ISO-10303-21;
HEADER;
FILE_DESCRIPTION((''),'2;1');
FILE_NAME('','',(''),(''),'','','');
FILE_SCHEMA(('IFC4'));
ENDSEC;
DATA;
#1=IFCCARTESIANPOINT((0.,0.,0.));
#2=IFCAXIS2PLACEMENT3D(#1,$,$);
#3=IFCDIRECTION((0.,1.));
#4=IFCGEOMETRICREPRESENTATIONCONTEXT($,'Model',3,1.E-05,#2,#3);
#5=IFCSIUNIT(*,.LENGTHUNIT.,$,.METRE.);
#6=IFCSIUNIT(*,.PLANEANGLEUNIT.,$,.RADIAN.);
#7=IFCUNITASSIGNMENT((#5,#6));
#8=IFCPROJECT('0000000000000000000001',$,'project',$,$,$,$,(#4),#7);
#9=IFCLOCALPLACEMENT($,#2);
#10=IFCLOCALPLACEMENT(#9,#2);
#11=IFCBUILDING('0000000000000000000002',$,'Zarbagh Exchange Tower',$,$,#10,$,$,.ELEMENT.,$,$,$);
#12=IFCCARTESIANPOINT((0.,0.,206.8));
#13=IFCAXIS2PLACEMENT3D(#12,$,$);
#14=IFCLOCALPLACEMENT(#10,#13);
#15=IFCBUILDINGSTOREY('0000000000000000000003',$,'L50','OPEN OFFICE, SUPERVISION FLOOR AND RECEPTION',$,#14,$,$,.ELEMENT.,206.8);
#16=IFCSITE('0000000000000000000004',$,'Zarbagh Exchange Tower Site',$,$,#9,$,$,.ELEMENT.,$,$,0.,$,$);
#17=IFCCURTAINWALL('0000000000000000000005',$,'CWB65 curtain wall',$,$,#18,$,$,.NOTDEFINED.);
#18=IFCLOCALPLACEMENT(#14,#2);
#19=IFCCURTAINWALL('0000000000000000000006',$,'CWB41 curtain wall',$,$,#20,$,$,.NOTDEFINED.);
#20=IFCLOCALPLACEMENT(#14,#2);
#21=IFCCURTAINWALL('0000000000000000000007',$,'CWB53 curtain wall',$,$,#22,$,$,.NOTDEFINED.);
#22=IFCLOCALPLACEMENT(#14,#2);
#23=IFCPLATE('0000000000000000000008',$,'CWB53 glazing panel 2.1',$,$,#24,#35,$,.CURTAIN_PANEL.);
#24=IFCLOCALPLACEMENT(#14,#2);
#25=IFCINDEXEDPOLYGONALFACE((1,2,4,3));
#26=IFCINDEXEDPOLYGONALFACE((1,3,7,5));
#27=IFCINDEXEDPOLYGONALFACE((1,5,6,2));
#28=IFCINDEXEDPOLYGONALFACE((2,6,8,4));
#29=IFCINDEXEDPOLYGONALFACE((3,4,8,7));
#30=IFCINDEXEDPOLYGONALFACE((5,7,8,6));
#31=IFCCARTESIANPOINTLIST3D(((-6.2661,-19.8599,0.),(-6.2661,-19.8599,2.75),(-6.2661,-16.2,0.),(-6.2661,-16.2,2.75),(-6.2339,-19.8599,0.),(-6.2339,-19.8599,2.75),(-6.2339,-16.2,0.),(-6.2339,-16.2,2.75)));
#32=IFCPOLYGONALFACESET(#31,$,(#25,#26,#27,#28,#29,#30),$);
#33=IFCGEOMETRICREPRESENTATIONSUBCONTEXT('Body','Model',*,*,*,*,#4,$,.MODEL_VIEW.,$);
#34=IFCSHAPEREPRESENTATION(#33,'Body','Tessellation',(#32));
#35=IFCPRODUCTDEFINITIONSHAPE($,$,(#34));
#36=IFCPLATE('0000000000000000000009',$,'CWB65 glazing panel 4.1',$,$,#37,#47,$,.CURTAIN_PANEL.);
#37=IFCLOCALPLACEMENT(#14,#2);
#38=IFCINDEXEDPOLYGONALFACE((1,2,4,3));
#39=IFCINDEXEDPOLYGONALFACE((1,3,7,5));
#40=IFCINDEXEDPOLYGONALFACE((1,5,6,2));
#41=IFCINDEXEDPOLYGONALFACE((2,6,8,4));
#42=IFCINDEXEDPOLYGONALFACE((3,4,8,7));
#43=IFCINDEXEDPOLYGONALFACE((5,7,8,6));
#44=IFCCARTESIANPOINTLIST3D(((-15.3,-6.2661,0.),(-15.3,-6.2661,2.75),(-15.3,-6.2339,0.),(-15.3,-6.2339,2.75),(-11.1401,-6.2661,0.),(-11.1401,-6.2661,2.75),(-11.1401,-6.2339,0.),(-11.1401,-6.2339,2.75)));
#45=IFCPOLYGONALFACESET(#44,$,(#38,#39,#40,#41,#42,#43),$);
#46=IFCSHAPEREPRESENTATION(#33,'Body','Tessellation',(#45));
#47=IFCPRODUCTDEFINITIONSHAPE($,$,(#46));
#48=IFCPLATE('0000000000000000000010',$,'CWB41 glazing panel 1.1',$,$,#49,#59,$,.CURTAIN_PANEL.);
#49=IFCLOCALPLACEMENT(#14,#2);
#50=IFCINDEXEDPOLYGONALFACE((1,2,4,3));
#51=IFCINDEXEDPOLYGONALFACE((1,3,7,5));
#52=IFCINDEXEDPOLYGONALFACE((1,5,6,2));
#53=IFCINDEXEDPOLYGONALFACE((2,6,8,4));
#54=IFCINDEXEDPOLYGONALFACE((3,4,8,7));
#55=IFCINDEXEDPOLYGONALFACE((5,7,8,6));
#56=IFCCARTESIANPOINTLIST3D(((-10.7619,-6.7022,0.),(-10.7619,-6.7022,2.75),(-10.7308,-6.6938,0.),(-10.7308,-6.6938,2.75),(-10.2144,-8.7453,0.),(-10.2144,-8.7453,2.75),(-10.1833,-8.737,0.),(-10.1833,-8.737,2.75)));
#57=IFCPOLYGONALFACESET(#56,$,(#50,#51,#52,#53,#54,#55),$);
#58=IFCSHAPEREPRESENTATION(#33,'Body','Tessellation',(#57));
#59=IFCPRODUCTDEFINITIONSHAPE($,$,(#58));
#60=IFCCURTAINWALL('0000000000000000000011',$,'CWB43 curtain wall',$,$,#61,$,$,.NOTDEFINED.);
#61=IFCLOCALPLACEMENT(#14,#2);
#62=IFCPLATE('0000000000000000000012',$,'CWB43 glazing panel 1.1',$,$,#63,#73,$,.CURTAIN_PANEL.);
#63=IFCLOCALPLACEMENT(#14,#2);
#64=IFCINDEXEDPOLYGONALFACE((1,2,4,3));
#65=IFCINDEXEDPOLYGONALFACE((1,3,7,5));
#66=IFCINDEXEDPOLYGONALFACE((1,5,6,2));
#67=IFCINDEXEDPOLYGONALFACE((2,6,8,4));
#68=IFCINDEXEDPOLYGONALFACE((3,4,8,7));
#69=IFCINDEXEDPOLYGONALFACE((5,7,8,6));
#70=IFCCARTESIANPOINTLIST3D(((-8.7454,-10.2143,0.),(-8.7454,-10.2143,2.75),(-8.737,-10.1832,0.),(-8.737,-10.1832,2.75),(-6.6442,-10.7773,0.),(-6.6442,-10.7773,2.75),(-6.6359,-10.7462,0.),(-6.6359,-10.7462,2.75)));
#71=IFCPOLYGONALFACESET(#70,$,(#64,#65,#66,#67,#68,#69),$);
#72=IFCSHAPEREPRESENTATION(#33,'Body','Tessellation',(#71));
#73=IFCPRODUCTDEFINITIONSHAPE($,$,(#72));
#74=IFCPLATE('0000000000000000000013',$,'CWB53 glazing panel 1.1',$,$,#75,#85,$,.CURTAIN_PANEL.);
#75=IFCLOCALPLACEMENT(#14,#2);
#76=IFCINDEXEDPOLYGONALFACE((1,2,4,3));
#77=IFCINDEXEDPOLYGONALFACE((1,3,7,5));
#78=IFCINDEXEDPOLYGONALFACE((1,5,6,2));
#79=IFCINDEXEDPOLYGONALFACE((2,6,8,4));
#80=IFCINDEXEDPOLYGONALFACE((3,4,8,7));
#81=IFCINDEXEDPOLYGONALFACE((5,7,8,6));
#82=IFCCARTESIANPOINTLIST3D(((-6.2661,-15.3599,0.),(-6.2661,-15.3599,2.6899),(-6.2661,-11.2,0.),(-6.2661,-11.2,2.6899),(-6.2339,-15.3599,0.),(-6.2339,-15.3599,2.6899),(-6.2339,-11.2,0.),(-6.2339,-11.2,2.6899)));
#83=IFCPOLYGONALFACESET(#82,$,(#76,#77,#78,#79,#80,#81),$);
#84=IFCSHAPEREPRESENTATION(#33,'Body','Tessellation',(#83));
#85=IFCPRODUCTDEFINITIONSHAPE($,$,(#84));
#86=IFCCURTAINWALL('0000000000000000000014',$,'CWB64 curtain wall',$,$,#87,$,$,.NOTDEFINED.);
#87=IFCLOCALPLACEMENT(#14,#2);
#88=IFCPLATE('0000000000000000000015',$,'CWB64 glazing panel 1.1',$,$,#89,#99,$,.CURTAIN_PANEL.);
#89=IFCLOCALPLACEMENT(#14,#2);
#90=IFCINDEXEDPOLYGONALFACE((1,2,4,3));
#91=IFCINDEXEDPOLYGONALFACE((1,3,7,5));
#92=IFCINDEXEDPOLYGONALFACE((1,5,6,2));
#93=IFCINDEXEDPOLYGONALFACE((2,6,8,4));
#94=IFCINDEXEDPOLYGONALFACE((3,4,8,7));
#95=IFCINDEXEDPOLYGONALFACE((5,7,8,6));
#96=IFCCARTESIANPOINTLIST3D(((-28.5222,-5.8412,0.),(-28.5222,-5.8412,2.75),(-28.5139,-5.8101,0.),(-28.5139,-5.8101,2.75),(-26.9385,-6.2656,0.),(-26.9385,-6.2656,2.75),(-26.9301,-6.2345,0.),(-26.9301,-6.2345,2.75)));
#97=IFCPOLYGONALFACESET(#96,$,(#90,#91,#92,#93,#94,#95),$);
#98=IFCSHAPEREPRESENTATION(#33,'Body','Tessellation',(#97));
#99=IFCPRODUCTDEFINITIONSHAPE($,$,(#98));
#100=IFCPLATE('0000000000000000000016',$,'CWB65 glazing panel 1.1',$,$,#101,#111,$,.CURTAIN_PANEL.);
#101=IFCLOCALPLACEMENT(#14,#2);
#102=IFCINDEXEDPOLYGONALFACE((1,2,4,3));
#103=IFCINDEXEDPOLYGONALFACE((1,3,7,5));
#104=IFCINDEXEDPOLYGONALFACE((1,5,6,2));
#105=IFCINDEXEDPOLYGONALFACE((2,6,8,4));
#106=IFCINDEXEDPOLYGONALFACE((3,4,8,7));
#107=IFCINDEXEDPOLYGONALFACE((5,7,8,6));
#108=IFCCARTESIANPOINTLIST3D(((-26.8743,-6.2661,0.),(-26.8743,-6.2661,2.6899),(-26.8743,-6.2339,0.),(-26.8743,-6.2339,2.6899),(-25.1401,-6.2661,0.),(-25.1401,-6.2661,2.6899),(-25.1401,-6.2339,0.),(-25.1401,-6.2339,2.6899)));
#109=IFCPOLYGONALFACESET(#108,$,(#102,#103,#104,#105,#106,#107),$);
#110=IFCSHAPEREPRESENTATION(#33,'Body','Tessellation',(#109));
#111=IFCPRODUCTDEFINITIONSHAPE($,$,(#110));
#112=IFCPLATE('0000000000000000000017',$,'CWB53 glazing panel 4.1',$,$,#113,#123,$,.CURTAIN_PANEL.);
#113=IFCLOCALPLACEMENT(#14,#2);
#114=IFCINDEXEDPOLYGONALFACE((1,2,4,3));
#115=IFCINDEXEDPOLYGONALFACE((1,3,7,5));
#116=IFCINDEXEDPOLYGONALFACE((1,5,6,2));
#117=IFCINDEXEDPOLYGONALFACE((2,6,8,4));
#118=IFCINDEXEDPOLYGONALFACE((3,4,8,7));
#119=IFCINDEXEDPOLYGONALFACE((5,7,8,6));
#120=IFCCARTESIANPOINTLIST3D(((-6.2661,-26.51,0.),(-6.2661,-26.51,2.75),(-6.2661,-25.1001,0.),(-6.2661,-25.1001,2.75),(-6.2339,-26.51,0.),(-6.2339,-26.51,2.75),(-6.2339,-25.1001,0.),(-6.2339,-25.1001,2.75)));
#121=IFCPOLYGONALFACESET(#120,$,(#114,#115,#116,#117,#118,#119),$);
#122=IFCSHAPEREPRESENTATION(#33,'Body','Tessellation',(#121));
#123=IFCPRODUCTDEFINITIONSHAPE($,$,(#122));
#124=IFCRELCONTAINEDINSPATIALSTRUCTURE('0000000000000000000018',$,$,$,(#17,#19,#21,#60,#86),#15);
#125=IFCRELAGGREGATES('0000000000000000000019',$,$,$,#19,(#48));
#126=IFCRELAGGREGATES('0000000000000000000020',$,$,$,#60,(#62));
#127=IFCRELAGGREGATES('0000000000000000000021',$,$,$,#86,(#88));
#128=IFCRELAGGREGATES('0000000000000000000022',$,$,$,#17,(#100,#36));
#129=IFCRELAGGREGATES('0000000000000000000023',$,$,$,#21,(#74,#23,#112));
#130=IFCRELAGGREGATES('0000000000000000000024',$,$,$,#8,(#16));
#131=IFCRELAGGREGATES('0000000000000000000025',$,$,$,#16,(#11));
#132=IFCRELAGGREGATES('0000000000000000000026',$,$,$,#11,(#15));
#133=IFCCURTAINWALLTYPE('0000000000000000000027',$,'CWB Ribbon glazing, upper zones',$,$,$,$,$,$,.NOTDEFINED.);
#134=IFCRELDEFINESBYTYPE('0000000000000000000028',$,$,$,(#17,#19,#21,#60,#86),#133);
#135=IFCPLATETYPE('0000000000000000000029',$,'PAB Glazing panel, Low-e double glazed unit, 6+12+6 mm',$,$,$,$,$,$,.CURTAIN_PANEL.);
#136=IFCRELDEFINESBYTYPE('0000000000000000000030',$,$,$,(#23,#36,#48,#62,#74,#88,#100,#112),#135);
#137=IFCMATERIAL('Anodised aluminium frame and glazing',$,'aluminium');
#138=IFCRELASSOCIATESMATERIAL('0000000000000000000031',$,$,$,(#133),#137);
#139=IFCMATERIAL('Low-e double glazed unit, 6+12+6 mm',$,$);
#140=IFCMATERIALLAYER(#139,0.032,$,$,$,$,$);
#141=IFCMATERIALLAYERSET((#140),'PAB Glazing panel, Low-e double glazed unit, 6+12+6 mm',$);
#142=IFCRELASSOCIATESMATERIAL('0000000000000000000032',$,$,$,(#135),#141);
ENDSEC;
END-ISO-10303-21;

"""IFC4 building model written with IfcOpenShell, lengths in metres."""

from ifc_helpers import new_model, si_unit, direction, frame, origin, place, context, subcontext, project, spatial, polyline, outline, extrude, source, transform, mapped, material, layer, layer_set, type_object, element, aggregate, save


model = new_model("IFC4")

# Units and contexts
model_context = context("Model", 3, precision=1e-05, world=origin(), true_north=direction((0.0, 1.0)))
body_context = subcontext(model_context, "Body", "Model", "MODEL_VIEW")
ifc_project = project(units=[si_unit("LENGTHUNIT", "METRE"), si_unit("PLANEANGLEUNIT", "RADIAN")], contexts=[model_context])

# Site, building, storey
site_placement = place(None, origin())
site = spatial("IfcSite", under=ifc_project, at=site_placement, Name="Zarbagh Exchange Tower Site", CompositionType="ELEMENT", RefElevation=0.0)
building_placement = place(site_placement, origin())
building = spatial("IfcBuilding", under=site, at=building_placement, Name="Zarbagh Exchange Tower", CompositionType="ELEMENT")
storey_placement = place(building_placement, frame((0.0, 0.0, 206.8)))
storey = spatial("IfcBuildingStorey", under=building, at=storey_placement, Name="L50", Description="OPEN OFFICE, SUPERVISION FLOOR AND RECEPTION", CompositionType="ELEMENT", Elevation=206.8)

# Curtain wall
ifc_material_1 = material(Name="Anodised aluminium frame and glazing", Category="aluminium")
curtain_wall_type = type_object("IfcCurtainWallType", Name="CWB Ribbon glazing, upper zones", PredefinedType="NOTDEFINED", material=ifc_material_1)
curtain_wall_1_placement = place(storey_placement, origin())
curtain_wall_1 = element("IfcCurtainWall", 1, at=curtain_wall_1_placement, inside=storey, type_object=curtain_wall_type, Name="CWB65 curtain wall", PredefinedType="NOTDEFINED")
placement = place(storey_placement, origin())

# Curtain wall
curtain_wall_2_placement = place(storey_placement, origin())
curtain_wall_2 = element("IfcCurtainWall", 2, at=curtain_wall_2_placement, inside=storey, type_object=curtain_wall_type, Name="CWB41 curtain wall", PredefinedType="NOTDEFINED")

# Curtain wall
curtain_wall_3_placement = place(storey_placement, origin())
curtain_wall_3 = element("IfcCurtainWall", 3, at=curtain_wall_3_placement, inside=storey, type_object=curtain_wall_type, Name="CWB53 curtain wall", PredefinedType="NOTDEFINED")

# Shared definitions
ifc_material_2 = material(Name="Low-e double glazed unit, 6+12+6 mm")
ifc_layer = layer(ifc_material_2, 0.032)
ifc_layer_set = layer_set([ifc_layer], Name="PAB Glazing panel, Low-e double glazed unit, 6+12+6 mm")
plate_type = type_object("IfcPlateType", Name="PAB Glazing panel, Low-e double glazed unit, 6+12+6 mm", PredefinedType="CURTAIN_PANEL", material=ifc_layer_set)

# Plates
shared_shape_1 = source(origin(), body_context, "Body", "SweptSolid", [
    extrude(outline(polyline([(0.0, -0.0161), (3.6599, -0.0161), (3.6599, 0.0161), (0.0, 0.0161), (0.0, -0.0161)])), origin(), (0.0, 0.0, 1.0), 2.75),
])
plate_1 = element("IfcPlate", 4, at=placement, type_object=plate_type, Name="CWB53 glazing panel 2.1", PredefinedType="CURTAIN_PANEL", context=body_context, shape_type="MappedRepresentation", body=[
    mapped(shared_shape_1, transform((-6.25, -16.2, 0.0), x_axis=(0.0, -1.0, 0.0), y_axis=(1.0, 0.0, 0.0), z_axis=(0.0, 0.0, 1.0))),
])
shared_shape_2 = source(origin(), body_context, "Body", "SweptSolid", [
    extrude(outline(polyline([(0.0, -0.0161), (4.1599, -0.0161), (4.1599, 0.0161), (0.0, 0.0161), (0.0, -0.0161)])), origin(), (0.0, 0.0, 1.0), 2.75),
])
plate_2 = element("IfcPlate", 5, at=placement, type_object=plate_type, Name="CWB65 glazing panel 4.1", PredefinedType="CURTAIN_PANEL", context=body_context, shape_type="MappedRepresentation", body=[
    mapped(shared_shape_2, transform((-15.3, -6.25, 0.0), x_axis=(1.0, 0.0, 0.0), y_axis=(0.0, 1.0, 0.0), z_axis=(0.0, 0.0, 1.0))),
])
shared_shape_3 = source(origin(), body_context, "Body", "SweptSolid", [
    extrude(outline(polyline([(0.0, -0.0161), (2.1152, -0.0161), (2.1152, 0.0161), (0.0, 0.0161), (0.0, -0.0161)])), origin(), (0.0, 0.0, 1.0), 2.75),
])
plate_3 = element("IfcPlate", 6, at=placement, type_object=plate_type, Name="CWB41 glazing panel 1.1", PredefinedType="CURTAIN_PANEL", context=body_context, shape_type="MappedRepresentation", body=[
    mapped(shared_shape_3, transform((-10.7463, -6.698, 0.0), x_axis=(0.258825, -0.965924, 0.0), y_axis=(0.965924, 0.258825, 0.0), z_axis=(0.0, 0.0, 1.0))),
])
aggregate(curtain_wall_2, [plate_3])

# Curtain wall, plate
curtain_wall_4_placement = place(storey_placement, origin())
curtain_wall_4 = element("IfcCurtainWall", 7, at=curtain_wall_4_placement, inside=storey, type_object=curtain_wall_type, Name="CWB43 curtain wall", PredefinedType="NOTDEFINED")
shared_shape_4 = source(origin(), body_context, "Body", "SweptSolid", [
    extrude(outline(polyline([(0.0, -0.0161), (2.1753, -0.0161), (2.1753, 0.0161), (0.0, 0.0161), (0.0, -0.0161)])), origin(), (0.0, 0.0, 1.0), 2.75),
])
plate_4 = element("IfcPlate", 8, at=placement, type_object=plate_type, Name="CWB43 glazing panel 1.1", PredefinedType="CURTAIN_PANEL", context=body_context, shape_type="MappedRepresentation", body=[
    mapped(shared_shape_4, transform((-8.7412, -10.1987, 0.0), x_axis=(0.965924, -0.258825, 0.0), y_axis=(0.258825, 0.965924, 0.0), z_axis=(0.0, 0.0, 1.0))),
])
aggregate(curtain_wall_4, [plate_4])

# Plate
shared_shape_5 = source(origin(), body_context, "Body", "SweptSolid", [
    extrude(outline(polyline([(0.0, -0.0161), (4.1599, -0.0161), (4.1599, 0.0161), (0.0, 0.0161), (0.0, -0.0161)])), origin(), (0.0, 0.0, 1.0), 2.6899),
])
plate_5 = element("IfcPlate", 9, at=placement, type_object=plate_type, Name="CWB53 glazing panel 1.1", PredefinedType="CURTAIN_PANEL", context=body_context, shape_type="MappedRepresentation", body=[
    mapped(shared_shape_5, transform((-6.25, -11.2, 0.0), x_axis=(0.0, -1.0, 0.0), y_axis=(1.0, 0.0, 0.0), z_axis=(0.0, 0.0, 1.0))),
])

# Curtain wall, plate
curtain_wall_5_placement = place(storey_placement, origin())
curtain_wall_5 = element("IfcCurtainWall", 10, at=curtain_wall_5_placement, inside=storey, type_object=curtain_wall_type, Name="CWB64 curtain wall", PredefinedType="NOTDEFINED")
shared_shape_6 = source(origin(), body_context, "Body", "SweptSolid", [
    extrude(outline(polyline([(0.0, -0.0161), (1.6396, -0.0161), (1.6396, 0.0161), (0.0, 0.0161), (0.0, -0.0161)])), origin(), (0.0, 0.0, 1.0), 2.75),
])
plate_6 = element("IfcPlate", 11, at=placement, type_object=plate_type, Name="CWB64 glazing panel 1.1", PredefinedType="CURTAIN_PANEL", context=body_context, shape_type="MappedRepresentation", body=[
    mapped(shared_shape_6, transform((-28.5181, -5.8257, 0.0), x_axis=(0.965924, -0.258825, 0.0), y_axis=(0.258825, 0.965924, 0.0), z_axis=(0.0, 0.0, 1.0))),
])
aggregate(curtain_wall_5, [plate_6])

# Plates
shared_shape_7 = source(origin(), body_context, "Body", "SweptSolid", [
    extrude(outline(polyline([(0.0, -0.0161), (1.7341, -0.0161), (1.7341, 0.0161), (0.0, 0.0161), (0.0, -0.0161)])), origin(), (0.0, 0.0, 1.0), 2.6899),
])
plate_7 = element("IfcPlate", 12, at=placement, type_object=plate_type, Name="CWB65 glazing panel 1.1", PredefinedType="CURTAIN_PANEL", context=body_context, shape_type="MappedRepresentation", body=[
    mapped(shared_shape_7, transform((-26.8743, -6.25, 0.0), x_axis=(1.0, 0.0, 0.0), y_axis=(0.0, 1.0, 0.0), z_axis=(0.0, 0.0, 1.0))),
])
aggregate(curtain_wall_1, [plate_7, plate_2])
shared_shape_8 = source(origin(), body_context, "Body", "SweptSolid", [
    extrude(outline(polyline([(0.0, -0.0161), (1.4099, -0.0161), (1.4099, 0.0161), (0.0, 0.0161), (0.0, -0.0161)])), origin(), (0.0, 0.0, 1.0), 2.75),
])
plate_8 = element("IfcPlate", 13, at=placement, type_object=plate_type, Name="CWB53 glazing panel 4.1", PredefinedType="CURTAIN_PANEL", context=body_context, shape_type="MappedRepresentation", body=[
    mapped(shared_shape_8, transform((-6.25, -25.1001, 0.0), x_axis=(0.0, -1.0, 0.0), y_axis=(1.0, 0.0, 0.0), z_axis=(0.0, 0.0, 1.0))),
])
aggregate(curtain_wall_3, [plate_5, plate_1, plate_8])

save(model, "model.ifc")
